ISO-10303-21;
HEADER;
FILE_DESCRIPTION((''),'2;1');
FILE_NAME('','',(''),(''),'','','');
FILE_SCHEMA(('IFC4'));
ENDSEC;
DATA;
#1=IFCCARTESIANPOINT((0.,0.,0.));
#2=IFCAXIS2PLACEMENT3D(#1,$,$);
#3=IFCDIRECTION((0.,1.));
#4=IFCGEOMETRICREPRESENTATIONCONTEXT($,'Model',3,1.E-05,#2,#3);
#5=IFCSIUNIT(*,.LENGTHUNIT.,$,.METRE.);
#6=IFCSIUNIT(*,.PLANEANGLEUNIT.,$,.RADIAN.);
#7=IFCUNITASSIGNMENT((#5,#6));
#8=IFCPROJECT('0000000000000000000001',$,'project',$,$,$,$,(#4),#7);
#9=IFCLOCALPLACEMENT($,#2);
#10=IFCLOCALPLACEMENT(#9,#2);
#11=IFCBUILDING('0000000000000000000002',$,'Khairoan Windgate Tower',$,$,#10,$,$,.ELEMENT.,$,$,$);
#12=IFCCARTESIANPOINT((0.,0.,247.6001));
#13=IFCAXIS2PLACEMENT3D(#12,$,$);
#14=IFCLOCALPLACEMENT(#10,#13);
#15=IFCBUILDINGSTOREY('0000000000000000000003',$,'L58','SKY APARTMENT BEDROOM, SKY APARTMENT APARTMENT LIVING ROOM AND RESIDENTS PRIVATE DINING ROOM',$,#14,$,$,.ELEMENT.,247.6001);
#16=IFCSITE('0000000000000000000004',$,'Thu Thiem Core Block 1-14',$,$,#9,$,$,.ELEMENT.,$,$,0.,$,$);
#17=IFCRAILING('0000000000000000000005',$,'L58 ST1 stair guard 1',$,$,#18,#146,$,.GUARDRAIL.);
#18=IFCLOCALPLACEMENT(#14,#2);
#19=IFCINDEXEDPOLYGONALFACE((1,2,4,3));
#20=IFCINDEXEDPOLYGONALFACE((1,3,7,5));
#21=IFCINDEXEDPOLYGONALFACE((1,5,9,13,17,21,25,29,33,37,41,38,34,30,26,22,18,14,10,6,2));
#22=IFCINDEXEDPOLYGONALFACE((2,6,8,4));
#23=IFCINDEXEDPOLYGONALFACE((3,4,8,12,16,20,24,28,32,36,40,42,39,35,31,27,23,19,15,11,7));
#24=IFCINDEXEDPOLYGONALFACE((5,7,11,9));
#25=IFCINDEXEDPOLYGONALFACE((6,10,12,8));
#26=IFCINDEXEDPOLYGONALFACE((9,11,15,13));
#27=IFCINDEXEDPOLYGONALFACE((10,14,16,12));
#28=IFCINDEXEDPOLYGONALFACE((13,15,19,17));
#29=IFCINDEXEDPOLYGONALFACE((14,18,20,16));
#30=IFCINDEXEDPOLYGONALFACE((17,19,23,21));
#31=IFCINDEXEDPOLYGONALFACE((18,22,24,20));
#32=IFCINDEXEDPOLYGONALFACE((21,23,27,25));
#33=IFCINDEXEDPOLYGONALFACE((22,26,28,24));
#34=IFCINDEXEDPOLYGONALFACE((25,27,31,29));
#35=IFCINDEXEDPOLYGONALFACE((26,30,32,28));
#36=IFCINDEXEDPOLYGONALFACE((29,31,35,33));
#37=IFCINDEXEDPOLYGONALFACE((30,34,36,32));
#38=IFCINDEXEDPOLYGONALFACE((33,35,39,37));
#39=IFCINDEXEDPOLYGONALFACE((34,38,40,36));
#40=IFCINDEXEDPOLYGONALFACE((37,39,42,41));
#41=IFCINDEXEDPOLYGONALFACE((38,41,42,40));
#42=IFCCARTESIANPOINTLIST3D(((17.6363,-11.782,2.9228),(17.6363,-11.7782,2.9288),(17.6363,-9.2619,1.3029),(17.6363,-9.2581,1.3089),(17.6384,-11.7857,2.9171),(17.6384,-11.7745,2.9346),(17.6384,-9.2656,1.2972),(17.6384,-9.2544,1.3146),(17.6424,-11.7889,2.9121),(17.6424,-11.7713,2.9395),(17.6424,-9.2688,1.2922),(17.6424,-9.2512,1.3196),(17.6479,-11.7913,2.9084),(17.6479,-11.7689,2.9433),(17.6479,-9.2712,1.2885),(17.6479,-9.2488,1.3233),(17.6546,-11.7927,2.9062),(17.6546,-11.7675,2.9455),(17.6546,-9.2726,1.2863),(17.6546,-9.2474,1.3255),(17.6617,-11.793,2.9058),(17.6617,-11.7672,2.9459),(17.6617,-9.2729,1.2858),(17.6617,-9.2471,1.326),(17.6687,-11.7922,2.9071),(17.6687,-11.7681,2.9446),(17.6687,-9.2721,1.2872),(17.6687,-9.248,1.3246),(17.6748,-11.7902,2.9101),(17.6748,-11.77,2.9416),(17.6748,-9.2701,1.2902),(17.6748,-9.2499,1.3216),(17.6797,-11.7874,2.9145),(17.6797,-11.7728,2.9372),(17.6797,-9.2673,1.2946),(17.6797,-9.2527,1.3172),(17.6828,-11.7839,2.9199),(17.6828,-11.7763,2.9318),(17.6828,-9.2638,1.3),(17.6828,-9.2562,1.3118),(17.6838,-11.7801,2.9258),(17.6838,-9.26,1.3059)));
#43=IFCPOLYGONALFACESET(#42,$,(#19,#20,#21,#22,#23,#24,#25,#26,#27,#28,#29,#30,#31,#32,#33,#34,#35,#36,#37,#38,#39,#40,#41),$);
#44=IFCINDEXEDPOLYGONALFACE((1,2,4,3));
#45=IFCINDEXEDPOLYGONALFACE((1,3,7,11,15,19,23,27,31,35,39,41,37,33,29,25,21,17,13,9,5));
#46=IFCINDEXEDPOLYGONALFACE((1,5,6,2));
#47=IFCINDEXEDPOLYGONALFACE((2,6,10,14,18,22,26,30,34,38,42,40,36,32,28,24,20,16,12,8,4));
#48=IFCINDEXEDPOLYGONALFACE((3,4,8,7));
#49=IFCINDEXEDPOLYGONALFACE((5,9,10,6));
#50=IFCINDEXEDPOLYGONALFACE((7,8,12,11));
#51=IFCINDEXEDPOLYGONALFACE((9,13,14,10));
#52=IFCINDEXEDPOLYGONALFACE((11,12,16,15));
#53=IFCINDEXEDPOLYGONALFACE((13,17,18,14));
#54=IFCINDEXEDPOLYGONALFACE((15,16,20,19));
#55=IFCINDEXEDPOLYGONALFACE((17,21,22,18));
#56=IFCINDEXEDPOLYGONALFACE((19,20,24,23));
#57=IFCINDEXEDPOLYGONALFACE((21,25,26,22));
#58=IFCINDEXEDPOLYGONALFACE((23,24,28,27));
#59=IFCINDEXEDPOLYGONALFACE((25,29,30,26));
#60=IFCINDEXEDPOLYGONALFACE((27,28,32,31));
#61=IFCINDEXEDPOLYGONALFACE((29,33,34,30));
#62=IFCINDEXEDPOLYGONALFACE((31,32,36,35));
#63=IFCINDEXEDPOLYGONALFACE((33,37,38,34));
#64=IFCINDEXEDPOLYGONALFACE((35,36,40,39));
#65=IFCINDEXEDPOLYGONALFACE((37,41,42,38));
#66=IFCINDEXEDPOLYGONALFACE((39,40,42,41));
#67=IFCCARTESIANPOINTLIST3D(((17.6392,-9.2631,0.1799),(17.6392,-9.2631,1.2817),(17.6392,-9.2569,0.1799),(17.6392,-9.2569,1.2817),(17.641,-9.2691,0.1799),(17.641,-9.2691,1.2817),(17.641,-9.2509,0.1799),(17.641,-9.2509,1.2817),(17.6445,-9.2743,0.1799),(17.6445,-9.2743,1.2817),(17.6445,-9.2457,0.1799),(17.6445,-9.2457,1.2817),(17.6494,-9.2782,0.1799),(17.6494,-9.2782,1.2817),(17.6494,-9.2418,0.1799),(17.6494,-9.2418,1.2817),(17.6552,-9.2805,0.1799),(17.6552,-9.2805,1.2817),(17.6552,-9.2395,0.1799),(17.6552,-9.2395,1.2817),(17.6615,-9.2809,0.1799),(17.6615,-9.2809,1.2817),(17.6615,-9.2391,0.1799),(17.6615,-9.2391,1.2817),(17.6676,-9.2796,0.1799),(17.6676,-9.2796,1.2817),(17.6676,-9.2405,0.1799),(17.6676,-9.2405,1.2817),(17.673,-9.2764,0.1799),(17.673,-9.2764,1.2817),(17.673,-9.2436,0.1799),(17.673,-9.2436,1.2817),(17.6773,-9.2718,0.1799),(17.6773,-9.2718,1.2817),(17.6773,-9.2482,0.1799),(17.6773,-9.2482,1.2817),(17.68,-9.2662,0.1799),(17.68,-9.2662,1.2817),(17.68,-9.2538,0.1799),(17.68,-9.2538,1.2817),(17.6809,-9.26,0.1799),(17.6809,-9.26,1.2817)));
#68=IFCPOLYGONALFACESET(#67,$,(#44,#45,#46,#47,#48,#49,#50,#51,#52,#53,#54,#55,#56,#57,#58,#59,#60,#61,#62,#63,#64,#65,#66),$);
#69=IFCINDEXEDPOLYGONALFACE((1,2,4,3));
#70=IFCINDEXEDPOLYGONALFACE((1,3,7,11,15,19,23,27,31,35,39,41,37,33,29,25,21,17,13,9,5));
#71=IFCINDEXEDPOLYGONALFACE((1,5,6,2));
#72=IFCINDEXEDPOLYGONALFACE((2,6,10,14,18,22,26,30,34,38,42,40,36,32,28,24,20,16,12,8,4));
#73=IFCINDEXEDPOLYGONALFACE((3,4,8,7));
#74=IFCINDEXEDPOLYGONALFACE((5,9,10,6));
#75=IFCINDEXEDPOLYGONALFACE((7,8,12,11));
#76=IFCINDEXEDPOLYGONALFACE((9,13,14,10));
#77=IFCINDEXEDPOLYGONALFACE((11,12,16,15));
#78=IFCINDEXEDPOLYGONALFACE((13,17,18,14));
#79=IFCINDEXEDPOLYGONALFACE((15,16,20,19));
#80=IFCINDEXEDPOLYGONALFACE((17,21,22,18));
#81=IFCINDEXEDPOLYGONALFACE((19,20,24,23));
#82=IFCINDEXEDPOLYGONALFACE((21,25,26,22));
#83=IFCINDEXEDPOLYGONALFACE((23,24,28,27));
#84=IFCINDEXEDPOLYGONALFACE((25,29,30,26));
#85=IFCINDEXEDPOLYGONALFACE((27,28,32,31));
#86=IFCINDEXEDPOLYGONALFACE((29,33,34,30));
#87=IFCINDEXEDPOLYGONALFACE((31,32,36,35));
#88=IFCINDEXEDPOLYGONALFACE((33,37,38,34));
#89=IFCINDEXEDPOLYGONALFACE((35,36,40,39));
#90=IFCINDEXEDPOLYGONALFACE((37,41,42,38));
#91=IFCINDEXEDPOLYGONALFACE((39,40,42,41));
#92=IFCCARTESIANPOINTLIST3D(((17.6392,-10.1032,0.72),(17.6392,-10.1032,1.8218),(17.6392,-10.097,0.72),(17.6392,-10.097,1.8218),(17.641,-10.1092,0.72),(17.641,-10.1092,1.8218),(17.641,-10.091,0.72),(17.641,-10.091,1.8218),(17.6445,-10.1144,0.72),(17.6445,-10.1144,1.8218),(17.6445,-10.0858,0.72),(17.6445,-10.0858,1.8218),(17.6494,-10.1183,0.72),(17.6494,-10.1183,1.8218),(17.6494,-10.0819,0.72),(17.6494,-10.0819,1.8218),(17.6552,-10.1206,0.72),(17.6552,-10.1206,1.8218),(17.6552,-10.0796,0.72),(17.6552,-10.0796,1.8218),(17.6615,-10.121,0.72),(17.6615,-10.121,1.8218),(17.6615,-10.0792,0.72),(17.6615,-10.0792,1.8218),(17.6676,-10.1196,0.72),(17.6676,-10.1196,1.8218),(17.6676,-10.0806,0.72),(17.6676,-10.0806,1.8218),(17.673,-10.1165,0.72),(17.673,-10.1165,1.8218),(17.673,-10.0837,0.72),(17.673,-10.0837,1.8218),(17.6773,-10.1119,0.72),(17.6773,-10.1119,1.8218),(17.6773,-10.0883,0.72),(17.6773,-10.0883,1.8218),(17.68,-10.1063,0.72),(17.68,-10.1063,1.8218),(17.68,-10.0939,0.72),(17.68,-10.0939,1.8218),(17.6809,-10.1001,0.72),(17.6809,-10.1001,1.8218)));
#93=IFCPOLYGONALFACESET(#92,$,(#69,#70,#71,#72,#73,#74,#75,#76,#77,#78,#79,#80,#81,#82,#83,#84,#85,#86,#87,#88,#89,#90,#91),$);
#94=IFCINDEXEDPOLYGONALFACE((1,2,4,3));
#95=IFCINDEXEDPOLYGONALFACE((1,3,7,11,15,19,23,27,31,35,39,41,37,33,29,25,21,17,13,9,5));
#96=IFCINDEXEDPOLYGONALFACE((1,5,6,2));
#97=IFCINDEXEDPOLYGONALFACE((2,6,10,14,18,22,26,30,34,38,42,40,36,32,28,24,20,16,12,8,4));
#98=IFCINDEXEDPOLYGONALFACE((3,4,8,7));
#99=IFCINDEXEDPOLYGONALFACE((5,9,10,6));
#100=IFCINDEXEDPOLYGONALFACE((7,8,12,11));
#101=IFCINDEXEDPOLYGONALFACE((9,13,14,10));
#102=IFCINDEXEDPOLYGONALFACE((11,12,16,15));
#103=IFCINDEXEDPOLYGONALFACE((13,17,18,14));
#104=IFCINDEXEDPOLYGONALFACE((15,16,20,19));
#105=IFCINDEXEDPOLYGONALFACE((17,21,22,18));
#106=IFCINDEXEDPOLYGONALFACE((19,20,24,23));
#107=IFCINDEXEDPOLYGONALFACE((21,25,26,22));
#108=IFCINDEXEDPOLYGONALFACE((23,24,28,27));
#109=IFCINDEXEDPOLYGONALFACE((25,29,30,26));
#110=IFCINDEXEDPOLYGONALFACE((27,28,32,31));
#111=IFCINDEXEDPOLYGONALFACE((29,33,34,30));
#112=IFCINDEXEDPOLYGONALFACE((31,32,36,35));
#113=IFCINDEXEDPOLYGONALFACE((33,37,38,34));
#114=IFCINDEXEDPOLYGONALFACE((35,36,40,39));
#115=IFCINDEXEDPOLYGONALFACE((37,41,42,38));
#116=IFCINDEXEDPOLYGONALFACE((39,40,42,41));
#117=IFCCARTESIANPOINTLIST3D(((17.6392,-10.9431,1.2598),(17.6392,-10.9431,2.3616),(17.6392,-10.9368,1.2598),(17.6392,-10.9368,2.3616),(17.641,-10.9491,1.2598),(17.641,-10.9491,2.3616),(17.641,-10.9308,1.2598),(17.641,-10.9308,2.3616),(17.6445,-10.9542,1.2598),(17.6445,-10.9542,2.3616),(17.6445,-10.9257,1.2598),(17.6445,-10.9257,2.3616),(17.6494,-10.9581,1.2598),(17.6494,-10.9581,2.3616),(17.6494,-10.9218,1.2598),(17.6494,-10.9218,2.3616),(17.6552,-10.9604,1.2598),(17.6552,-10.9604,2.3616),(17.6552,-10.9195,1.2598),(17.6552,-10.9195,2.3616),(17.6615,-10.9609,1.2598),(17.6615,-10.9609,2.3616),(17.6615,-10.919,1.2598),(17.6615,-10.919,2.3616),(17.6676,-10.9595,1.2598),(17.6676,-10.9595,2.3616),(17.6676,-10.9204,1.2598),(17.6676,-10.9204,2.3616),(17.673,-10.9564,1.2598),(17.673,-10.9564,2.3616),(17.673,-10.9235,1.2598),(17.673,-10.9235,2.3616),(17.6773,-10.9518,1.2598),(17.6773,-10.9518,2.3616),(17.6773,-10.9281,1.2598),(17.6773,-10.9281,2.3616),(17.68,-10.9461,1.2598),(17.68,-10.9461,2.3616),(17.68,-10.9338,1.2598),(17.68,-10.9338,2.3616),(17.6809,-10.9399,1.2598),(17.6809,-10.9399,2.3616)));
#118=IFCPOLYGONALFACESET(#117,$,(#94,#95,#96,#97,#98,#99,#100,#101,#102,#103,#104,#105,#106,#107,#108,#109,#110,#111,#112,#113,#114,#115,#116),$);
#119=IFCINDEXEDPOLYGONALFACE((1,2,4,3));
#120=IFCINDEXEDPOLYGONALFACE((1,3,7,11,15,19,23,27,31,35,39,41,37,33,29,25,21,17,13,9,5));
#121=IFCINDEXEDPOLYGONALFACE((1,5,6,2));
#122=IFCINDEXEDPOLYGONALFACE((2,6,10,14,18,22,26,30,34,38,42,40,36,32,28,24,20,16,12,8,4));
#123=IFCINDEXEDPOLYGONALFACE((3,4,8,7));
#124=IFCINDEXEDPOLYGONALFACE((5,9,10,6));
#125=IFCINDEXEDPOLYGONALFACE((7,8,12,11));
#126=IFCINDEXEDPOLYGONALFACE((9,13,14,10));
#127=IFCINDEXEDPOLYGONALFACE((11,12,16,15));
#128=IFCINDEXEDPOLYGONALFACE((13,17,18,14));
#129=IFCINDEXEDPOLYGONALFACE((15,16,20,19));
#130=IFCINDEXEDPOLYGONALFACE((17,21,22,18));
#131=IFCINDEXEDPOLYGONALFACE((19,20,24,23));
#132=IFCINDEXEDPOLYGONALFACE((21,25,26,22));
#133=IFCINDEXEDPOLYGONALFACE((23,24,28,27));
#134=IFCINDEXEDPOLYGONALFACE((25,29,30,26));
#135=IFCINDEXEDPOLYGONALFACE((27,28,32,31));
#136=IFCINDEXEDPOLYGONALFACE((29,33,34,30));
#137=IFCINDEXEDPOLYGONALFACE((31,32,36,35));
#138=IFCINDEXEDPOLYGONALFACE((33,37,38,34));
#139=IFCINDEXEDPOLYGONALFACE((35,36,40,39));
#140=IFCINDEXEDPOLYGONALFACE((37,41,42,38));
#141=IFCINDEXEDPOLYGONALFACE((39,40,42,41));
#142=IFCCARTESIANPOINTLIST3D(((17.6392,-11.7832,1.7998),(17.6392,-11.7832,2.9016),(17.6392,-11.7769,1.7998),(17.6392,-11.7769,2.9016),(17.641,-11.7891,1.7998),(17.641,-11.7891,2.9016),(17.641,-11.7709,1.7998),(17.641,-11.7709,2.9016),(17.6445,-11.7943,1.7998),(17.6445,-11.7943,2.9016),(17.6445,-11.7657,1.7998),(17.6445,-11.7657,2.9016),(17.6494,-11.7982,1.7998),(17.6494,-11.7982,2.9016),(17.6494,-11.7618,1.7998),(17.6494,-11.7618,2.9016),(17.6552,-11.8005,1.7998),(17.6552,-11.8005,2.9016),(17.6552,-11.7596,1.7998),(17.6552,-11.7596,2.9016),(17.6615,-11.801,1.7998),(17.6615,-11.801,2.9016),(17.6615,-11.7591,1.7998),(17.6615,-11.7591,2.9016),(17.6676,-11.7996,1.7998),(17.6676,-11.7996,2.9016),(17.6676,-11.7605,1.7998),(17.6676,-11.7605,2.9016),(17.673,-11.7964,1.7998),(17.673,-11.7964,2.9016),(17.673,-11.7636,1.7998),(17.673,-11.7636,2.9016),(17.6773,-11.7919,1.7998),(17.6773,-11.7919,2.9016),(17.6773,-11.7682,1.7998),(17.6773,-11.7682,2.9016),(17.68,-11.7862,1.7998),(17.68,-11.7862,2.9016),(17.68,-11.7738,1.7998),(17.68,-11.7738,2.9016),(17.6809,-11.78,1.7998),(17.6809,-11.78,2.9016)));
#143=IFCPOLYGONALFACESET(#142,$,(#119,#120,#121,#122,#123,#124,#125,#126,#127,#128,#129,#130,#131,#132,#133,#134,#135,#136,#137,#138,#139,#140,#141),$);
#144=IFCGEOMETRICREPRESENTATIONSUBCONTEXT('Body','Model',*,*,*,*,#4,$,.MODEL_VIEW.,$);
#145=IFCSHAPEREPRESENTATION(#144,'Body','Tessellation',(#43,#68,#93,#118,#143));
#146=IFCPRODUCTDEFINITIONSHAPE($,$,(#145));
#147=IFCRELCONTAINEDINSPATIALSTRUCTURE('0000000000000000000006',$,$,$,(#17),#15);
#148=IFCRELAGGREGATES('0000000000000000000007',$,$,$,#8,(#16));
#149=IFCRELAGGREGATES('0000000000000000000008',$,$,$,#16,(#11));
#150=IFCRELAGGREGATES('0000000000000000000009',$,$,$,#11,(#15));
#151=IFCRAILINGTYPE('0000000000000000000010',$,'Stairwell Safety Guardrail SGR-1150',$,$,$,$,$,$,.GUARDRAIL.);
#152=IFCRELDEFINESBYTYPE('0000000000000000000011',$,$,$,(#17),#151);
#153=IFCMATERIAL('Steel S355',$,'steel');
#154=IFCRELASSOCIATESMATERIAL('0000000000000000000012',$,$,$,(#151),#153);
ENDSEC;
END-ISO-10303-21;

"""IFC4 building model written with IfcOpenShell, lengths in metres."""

from ifc_helpers import new_model, si_unit, direction, frame, origin, origin_2d, place, context, subcontext, project, spatial, circle, extrude, material, type_object, element, save


model = new_model("IFC4")

# Units and contexts
model_context = context("Model", 3, precision=1e-05, world=origin(), true_north=direction((0.0, 1.0)))
body_context = subcontext(model_context, "Body", "Model", "MODEL_VIEW")
ifc_project = project(units=[si_unit("LENGTHUNIT", "METRE"), si_unit("PLANEANGLEUNIT", "RADIAN")], contexts=[model_context])

# Site, building, storey
site_placement = place(None, origin())
site = spatial("IfcSite", under=ifc_project, at=site_placement, Name="Thu Thiem Core Block 1-14", CompositionType="ELEMENT", RefElevation=0.0)
building_placement = place(site_placement, origin())
building = spatial("IfcBuilding", under=site, at=building_placement, Name="Khairoan Windgate Tower", CompositionType="ELEMENT")
storey_placement = place(building_placement, frame((0.0, 0.0, 247.6001)))
storey = spatial("IfcBuildingStorey", under=building, at=storey_placement, Name="L58", Description="SKY APARTMENT BEDROOM, SKY APARTMENT APARTMENT LIVING ROOM AND RESIDENTS PRIVATE DINING ROOM", CompositionType="ELEMENT", Elevation=247.6001)

# Railing
ifc_material_1 = material(Name="Steel S355", Category="steel")
railing_type_1 = type_object("IfcRailingType", Name="Stairwell Safety Guardrail SGR-1150", PredefinedType="GUARDRAIL", material=ifc_material_1)
railing_1_placement = place(storey_placement, frame((17.6599, -9.26, 0.1799)))
element("IfcRailing", 1, at=railing_1_placement, inside=storey, type_object=railing_type_1, Name="L58 ST1 stair guard 1", PredefinedType="GUARDRAIL", context=body_context, shape_type="SweptSolid", body=[
    extrude(circle(Radius=0.0239, at=origin_2d()), frame((0.0, 0.0, 1.126), z_axis=(0.0, -0.8412, 0.540725), x_axis=(1.0, 0.0, 0.0)), (0.0, 0.0, 1.0), 2.9958),
    extrude(circle(Radius=0.021, at=origin_2d()), origin(), (0.0, 0.0, 1.0), 1.1018),
    extrude(circle(Radius=0.021, at=origin_2d()), frame((0.0, -0.8401, 0.54)), (0.0, 0.0, 1.0), 1.1018),
    extrude(circle(Radius=0.021, at=origin_2d()), frame((0.0, -1.6799, 1.0798)), (0.0, 0.0, 1.0), 1.1018),
    extrude(circle(Radius=0.021, at=origin_2d()), frame((0.0, -2.52, 1.6199)), (0.0, 0.0, 1.0), 1.1018),
])

save(model, "model.ifc")
